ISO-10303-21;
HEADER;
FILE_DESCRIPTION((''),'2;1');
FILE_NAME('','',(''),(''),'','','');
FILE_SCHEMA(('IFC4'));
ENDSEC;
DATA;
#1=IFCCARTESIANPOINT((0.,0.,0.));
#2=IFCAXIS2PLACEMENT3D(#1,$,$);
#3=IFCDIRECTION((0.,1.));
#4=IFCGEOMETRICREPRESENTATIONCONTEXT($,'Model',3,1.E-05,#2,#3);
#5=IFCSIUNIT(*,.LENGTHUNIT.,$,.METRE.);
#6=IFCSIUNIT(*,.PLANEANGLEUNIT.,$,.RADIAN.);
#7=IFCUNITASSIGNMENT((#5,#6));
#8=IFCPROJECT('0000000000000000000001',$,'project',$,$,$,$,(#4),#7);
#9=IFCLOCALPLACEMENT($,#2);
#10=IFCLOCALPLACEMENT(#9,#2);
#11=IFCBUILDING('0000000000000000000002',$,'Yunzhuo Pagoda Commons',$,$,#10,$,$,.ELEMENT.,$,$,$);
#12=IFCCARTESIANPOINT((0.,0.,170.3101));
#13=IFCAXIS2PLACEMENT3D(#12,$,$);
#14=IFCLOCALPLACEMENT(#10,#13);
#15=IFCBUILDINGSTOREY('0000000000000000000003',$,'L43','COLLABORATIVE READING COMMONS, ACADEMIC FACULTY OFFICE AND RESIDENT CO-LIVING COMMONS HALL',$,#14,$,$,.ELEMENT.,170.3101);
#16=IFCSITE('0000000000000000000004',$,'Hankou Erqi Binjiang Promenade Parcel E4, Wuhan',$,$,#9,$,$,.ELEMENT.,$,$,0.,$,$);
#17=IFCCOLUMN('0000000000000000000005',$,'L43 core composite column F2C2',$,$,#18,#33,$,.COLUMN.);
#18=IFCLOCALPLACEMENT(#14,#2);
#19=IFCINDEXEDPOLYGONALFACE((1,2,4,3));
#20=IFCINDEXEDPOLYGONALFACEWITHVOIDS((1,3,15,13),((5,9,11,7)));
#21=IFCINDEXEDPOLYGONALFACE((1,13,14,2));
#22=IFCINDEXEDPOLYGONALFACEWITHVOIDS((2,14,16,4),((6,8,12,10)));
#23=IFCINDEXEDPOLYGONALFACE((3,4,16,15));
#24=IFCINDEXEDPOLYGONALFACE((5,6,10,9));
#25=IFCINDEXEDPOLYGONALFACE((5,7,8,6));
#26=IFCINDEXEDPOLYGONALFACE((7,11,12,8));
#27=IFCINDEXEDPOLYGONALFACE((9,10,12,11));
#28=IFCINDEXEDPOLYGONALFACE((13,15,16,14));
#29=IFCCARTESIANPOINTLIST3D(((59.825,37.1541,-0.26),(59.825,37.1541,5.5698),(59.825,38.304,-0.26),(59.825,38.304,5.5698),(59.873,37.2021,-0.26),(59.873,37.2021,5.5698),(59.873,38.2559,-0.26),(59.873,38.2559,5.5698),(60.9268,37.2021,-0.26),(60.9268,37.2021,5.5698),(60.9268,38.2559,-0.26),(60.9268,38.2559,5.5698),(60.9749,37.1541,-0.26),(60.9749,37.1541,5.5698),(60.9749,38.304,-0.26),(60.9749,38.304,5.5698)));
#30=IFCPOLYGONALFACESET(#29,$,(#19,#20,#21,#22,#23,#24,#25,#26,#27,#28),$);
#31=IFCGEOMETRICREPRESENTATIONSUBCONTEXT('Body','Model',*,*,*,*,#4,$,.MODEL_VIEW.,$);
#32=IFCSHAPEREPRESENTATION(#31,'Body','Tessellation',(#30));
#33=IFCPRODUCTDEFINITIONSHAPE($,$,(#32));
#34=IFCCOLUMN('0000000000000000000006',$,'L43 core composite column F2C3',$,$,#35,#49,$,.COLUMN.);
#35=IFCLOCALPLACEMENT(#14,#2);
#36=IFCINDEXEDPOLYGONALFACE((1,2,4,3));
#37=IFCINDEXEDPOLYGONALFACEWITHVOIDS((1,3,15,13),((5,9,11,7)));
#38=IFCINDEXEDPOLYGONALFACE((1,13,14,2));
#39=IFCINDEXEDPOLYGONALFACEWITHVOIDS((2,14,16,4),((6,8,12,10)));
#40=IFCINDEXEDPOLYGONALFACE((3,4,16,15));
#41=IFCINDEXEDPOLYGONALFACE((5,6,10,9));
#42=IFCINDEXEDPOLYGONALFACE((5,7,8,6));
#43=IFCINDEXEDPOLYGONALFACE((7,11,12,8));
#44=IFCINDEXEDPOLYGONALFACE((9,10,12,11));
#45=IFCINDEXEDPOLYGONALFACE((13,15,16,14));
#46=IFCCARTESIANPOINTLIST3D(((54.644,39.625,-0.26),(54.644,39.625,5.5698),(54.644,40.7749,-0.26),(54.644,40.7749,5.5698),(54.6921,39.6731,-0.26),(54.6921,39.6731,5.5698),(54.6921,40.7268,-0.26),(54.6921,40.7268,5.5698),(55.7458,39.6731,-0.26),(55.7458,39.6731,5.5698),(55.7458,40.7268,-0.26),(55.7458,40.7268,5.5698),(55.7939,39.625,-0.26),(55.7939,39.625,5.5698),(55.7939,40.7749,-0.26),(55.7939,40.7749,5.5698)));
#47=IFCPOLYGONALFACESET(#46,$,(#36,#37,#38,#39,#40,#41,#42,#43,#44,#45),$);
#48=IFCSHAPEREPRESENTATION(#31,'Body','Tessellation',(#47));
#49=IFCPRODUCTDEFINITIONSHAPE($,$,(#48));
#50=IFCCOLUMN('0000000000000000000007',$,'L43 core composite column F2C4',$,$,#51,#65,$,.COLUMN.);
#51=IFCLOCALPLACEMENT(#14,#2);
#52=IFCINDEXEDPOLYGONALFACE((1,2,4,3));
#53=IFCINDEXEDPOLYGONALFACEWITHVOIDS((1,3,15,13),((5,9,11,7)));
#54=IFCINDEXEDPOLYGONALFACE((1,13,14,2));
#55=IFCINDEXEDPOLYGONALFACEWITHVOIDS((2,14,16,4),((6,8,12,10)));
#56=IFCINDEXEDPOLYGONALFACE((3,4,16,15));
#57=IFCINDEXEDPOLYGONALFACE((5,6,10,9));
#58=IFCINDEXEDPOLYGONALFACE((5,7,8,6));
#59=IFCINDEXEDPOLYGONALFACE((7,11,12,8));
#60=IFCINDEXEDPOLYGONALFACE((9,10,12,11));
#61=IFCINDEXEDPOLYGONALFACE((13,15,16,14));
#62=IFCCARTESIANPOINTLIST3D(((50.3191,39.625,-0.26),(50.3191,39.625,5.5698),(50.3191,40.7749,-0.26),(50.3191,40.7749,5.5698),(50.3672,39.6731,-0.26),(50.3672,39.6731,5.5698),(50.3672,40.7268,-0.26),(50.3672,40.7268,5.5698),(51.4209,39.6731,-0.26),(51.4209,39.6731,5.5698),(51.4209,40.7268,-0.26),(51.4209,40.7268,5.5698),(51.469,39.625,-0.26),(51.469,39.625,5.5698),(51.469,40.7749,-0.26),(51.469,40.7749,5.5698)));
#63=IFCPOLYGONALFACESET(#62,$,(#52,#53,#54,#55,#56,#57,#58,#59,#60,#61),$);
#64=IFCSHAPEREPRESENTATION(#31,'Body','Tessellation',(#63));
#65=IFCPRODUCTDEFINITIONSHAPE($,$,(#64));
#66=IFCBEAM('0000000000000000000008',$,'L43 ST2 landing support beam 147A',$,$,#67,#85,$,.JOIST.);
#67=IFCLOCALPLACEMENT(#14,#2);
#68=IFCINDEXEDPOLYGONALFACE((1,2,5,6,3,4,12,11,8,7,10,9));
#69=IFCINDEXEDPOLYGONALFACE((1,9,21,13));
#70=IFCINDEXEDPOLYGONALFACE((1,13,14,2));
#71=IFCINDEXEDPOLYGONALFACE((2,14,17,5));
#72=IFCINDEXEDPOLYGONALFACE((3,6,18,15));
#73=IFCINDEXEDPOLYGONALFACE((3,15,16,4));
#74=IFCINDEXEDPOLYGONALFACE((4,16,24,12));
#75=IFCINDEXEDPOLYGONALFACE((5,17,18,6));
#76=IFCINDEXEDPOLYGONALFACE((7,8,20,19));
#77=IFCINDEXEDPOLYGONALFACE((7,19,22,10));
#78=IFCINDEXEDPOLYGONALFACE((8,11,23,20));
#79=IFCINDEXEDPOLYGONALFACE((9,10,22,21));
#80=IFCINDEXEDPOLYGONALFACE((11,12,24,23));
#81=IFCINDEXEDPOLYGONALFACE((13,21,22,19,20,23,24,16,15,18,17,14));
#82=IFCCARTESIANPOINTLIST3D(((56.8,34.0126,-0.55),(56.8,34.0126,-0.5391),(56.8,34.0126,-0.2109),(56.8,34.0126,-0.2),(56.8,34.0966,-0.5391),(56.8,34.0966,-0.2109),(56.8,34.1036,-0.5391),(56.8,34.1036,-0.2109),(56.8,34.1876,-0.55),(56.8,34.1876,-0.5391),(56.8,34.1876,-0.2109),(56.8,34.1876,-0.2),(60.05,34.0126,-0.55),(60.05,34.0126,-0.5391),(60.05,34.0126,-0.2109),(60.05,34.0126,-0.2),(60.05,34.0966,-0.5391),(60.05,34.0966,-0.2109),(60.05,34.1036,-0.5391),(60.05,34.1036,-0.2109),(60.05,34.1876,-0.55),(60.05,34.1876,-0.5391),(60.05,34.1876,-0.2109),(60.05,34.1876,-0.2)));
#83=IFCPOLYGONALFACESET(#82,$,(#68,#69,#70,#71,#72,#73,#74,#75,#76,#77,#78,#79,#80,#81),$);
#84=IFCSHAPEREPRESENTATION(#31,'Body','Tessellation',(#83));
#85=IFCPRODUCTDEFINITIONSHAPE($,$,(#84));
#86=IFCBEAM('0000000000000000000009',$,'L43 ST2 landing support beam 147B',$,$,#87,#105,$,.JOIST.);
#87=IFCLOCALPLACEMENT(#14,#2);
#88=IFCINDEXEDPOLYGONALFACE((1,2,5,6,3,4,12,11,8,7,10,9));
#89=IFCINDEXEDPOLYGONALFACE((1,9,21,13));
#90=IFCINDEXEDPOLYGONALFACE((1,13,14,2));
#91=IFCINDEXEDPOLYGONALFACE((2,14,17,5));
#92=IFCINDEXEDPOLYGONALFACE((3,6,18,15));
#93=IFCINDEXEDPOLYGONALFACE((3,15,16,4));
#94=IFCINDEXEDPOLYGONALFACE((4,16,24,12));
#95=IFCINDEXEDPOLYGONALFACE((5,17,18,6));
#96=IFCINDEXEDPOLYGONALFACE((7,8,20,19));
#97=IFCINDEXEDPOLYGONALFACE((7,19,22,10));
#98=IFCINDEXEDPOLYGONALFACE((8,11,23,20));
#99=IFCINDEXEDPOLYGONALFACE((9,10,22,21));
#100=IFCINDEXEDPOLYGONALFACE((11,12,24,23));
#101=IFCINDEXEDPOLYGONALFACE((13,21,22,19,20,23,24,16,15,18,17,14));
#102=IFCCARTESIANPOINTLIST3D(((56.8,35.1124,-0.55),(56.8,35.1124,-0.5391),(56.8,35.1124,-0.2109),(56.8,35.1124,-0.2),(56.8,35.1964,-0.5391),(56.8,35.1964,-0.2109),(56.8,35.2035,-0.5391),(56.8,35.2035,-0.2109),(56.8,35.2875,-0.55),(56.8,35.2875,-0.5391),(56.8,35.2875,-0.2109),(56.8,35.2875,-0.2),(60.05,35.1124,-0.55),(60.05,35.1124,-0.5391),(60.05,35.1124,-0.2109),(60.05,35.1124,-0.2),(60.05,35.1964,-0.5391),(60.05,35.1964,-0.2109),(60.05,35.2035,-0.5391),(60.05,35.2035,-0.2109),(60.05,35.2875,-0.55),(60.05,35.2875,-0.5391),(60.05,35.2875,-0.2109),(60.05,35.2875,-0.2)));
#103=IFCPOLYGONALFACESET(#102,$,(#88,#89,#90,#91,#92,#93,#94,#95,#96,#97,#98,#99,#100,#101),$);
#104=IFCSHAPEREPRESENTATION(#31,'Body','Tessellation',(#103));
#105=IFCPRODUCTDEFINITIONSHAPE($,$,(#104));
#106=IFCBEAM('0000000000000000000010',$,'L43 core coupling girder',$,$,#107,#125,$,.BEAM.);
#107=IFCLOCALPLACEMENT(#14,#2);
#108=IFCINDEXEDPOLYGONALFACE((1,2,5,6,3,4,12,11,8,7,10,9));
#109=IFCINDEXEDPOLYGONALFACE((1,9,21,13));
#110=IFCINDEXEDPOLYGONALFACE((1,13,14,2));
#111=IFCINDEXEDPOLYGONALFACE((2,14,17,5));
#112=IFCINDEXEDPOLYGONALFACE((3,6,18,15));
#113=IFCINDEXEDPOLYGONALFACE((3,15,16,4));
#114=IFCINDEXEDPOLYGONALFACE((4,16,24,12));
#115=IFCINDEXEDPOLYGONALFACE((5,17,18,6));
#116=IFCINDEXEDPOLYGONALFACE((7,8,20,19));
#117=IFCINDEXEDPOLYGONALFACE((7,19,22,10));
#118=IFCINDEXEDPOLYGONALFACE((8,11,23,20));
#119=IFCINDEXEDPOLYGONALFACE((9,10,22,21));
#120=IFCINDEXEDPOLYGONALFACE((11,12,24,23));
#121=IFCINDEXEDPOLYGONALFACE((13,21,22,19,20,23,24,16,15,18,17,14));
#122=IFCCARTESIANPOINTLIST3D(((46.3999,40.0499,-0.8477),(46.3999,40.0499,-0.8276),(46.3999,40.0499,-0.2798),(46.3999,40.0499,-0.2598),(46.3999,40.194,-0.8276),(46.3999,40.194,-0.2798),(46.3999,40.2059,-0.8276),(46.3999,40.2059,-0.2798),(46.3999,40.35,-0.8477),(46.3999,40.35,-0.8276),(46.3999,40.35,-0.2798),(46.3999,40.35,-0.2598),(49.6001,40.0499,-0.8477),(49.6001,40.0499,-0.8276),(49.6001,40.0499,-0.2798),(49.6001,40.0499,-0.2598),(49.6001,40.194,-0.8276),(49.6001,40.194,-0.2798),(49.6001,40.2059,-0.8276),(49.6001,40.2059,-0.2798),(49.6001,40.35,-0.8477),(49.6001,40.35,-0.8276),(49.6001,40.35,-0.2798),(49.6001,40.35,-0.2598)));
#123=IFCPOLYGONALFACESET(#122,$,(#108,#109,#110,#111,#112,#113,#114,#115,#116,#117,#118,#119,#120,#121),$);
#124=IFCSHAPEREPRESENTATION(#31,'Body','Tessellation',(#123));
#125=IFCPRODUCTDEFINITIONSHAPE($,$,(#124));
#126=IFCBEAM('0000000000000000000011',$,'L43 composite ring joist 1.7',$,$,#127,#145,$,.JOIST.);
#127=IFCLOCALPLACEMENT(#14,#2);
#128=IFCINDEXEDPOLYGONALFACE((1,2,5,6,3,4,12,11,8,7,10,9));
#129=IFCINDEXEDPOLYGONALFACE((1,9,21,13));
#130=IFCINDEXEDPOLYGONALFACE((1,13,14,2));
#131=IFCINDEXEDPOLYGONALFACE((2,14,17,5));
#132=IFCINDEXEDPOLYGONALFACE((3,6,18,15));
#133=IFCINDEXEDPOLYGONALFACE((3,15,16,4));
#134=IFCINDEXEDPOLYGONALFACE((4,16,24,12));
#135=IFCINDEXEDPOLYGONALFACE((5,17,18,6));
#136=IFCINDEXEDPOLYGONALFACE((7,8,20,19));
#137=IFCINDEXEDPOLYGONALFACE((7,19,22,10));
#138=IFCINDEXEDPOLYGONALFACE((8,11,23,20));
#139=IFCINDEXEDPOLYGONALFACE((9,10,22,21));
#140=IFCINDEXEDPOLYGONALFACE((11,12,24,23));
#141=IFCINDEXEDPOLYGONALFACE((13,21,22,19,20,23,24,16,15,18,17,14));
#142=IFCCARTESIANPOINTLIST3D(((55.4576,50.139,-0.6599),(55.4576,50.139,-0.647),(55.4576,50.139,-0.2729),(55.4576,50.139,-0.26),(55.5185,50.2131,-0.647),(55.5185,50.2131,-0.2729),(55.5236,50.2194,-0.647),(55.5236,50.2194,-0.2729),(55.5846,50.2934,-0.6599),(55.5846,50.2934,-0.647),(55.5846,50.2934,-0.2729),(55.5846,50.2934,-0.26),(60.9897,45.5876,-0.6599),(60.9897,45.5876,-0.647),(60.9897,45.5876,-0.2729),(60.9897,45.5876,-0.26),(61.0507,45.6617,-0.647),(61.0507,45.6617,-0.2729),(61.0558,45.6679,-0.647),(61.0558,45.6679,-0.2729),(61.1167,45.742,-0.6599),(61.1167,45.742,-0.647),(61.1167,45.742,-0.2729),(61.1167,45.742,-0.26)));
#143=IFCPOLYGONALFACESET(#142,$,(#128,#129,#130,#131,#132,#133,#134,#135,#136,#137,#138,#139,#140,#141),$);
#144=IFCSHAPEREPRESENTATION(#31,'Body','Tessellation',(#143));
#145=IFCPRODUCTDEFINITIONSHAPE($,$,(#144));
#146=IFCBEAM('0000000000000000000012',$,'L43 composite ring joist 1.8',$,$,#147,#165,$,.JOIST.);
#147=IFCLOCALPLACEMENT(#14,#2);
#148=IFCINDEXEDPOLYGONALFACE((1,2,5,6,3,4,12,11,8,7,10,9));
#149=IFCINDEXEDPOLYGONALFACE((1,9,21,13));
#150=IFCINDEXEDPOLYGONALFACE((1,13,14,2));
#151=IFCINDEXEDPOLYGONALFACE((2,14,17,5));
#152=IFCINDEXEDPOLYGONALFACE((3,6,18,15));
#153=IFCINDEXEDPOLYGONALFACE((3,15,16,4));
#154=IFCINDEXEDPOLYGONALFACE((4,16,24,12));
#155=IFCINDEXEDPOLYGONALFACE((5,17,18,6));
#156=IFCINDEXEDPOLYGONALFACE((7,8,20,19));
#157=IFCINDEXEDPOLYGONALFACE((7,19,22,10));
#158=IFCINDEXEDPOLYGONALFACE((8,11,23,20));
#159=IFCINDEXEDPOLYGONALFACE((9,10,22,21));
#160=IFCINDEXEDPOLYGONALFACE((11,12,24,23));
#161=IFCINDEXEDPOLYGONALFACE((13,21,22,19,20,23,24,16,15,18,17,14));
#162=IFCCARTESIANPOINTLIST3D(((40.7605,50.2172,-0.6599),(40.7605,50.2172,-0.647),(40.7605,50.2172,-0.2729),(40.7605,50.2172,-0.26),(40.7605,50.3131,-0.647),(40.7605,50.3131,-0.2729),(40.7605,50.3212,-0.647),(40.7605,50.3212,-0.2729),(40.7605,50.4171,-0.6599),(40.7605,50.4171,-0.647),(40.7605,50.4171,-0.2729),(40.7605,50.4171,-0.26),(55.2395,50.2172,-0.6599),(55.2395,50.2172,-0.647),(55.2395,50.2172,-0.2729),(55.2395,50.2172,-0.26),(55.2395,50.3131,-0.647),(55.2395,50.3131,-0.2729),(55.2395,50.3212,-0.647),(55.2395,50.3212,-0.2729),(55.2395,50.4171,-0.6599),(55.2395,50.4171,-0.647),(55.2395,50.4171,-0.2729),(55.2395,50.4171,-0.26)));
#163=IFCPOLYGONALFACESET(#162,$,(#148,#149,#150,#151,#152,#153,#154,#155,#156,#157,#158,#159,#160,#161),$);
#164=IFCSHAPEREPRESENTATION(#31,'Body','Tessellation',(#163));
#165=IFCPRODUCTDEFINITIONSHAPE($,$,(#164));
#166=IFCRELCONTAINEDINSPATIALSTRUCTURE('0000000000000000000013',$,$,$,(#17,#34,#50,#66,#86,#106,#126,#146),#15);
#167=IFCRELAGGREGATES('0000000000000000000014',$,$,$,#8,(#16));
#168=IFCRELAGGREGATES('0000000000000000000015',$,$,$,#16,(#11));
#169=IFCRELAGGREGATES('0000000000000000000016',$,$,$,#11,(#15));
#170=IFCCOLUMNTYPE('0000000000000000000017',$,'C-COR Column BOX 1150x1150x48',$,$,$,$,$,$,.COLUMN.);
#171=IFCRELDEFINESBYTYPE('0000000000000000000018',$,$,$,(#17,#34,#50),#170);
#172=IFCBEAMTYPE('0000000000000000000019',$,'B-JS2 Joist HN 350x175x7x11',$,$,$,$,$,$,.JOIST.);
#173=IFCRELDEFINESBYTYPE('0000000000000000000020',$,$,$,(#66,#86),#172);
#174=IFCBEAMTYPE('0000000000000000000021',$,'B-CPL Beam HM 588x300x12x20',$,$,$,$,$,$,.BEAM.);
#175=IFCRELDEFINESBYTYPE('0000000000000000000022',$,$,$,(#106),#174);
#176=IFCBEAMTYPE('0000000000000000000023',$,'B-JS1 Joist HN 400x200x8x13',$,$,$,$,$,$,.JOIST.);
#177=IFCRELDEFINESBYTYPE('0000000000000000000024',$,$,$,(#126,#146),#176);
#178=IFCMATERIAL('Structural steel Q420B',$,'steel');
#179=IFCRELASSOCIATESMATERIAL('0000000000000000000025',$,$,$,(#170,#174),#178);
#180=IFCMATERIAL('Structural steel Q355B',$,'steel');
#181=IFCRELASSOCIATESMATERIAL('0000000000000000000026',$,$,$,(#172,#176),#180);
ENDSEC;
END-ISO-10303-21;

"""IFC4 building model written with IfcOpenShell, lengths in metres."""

from ifc_helpers import new_model, si_unit, direction, frame, origin, origin_2d, place, context, subcontext, project, spatial, hollow_rectangle, i_section, extrude, source, transform, mapped, material, material_profile, profile_set, type_object, element, save


model = new_model("IFC4")

# Units and contexts
model_context = context("Model", 3, precision=1e-05, world=origin(), true_north=direction((0.0, 1.0)))
body_context = subcontext(model_context, "Body", "Model", "MODEL_VIEW")
ifc_project = project(units=[si_unit("LENGTHUNIT", "METRE"), si_unit("PLANEANGLEUNIT", "RADIAN")], contexts=[model_context])

# Site, building, storey
site_placement = place(None, origin())
site = spatial("IfcSite", under=ifc_project, at=site_placement, Name="Hankou Erqi Binjiang Promenade Parcel E4, Wuhan", CompositionType="ELEMENT", RefElevation=0.0)
building_placement = place(site_placement, origin())
building = spatial("IfcBuilding", under=site, at=building_placement, Name="Yunzhuo Pagoda Commons", CompositionType="ELEMENT")
storey_placement = place(building_placement, frame((0.0, 0.0, 170.3101)))
storey = spatial("IfcBuildingStorey", under=building, at=storey_placement, Name="L43", Description="COLLABORATIVE READING COMMONS, ACADEMIC FACULTY OFFICE AND RESIDENT CO-LIVING COMMONS HALL", CompositionType="ELEMENT", Elevation=170.3101)

# Columns
ifc_material_1 = material(Name="Structural steel Q420B", Category="steel")
ifc_material_profile_1 = material_profile(ifc_material_1, hollow_rectangle(XDim=1.1499, YDim=1.1499, WallThickness=0.0481, at=origin_2d()), Name="Structural steel Q420B")
ifc_profile_set_1 = profile_set([ifc_material_profile_1], Name="Structural steel Q420B")
column_type = type_object("IfcColumnType", Name="C-COR Column BOX 1150x1150x48", PredefinedType="COLUMN", material=ifc_profile_set_1)
shared_shape_1 = source(origin(), body_context, "Body", "SweptSolid", [
    extrude(hollow_rectangle(XDim=1.1499, YDim=1.1499, WallThickness=0.0481, at=origin_2d()), origin(), (0.0, 0.0, 1.0), 5.8298),
])
for number, where, z_axis, x_axis, name in (
    (1, (60.3999, 37.729, -0.26), (0.0, 0.0, 1.0), (1.0, 0.0, 0.0), "L43 core composite column F2C2"),
    (2, (55.219, 40.2, -0.26), (0.0, 0.0, 1.0), (1.0, 0.0, 0.0), "L43 core composite column F2C3"),
    (3, (50.894, 40.2, -0.26), (0.0, 0.0, 1.0), (1.0, 0.0, 0.0), "L43 core composite column F2C4"),
):
    element("IfcColumn", number, at=place(storey_placement, frame(where, z_axis=z_axis, x_axis=x_axis)), inside=storey, type_object=column_type, Name=name, PredefinedType="COLUMN", context=body_context, shape_type="MappedRepresentation", body=[
        mapped(shared_shape_1, transform((0.0, 0.0, 0.0), scale=1.0)),
    ])

# Beams
ifc_material_2 = material(Name="Structural steel Q355B", Category="steel")
ifc_material_profile_2 = material_profile(ifc_material_2, i_section(OverallWidth=0.175, OverallDepth=0.3501, WebThickness=0.0071, FlangeThickness=0.011, at=origin_2d()), Name="Structural steel Q355B")
ifc_profile_set_2 = profile_set([ifc_material_profile_2], Name="Structural steel Q355B")
beam_type_1 = type_object("IfcBeamType", Name="B-JS2 Joist HN 350x175x7x11", PredefinedType="JOIST", material=ifc_profile_set_2)
shared_shape_2 = source(origin(), body_context, "Body", "SweptSolid", [
    extrude(i_section(OverallWidth=0.175, OverallDepth=0.3501, WebThickness=0.0071, FlangeThickness=0.011, at=origin_2d()), origin(), (0.0, 0.0, 1.0), 3.25),
])
for number, where, z_axis, x_axis, name in (
    (4, (56.8, 34.1001, -0.375), (1.0, 0.0, 0.0), (0.0, 1.0, 0.0), "L43 ST2 landing support beam 147A"),
    (5, (56.8, 35.2, -0.375), (1.0, 0.0, 0.0), (0.0, 1.0, 0.0), "L43 ST2 landing support beam 147B"),
):
    element("IfcBeam", number, at=place(storey_placement, frame(where, z_axis=z_axis, x_axis=x_axis)), inside=storey, type_object=beam_type_1, Name=name, PredefinedType="JOIST", context=body_context, shape_type="MappedRepresentation", body=[
        mapped(shared_shape_2, transform((0.0, 0.0, 0.0), scale=1.0)),
    ])
ifc_material_profile_3 = material_profile(ifc_material_1, i_section(OverallWidth=0.3, OverallDepth=0.5879, WebThickness=0.012, FlangeThickness=0.02, at=origin_2d()), Name="Structural steel Q420B")
ifc_profile_set_3 = profile_set([ifc_material_profile_3], Name="Structural steel Q420B")
beam_type_2 = type_object("IfcBeamType", Name="B-CPL Beam HM 588x300x12x20", PredefinedType="BEAM", material=ifc_profile_set_3)
shared_shape_3 = source(origin(), body_context, "Body", "SweptSolid", [
    extrude(i_section(OverallWidth=0.3, OverallDepth=0.5879, WebThickness=0.012, FlangeThickness=0.02, at=origin_2d()), origin(), (0.0, 0.0, 1.0), 3.2002),
])
beam_1_placement = place(storey_placement, frame((46.3999, 40.2, -0.5537), z_axis=(1.0, 0.0, 0.0), x_axis=(0.0, 1.0, 0.0)))
element("IfcBeam", 6, at=beam_1_placement, inside=storey, type_object=beam_type_2, Name="L43 core coupling girder", PredefinedType="BEAM", context=body_context, shape_type="MappedRepresentation", body=[
    mapped(shared_shape_3, transform((0.0, 0.0, 0.0), scale=1.0)),
])
ifc_material_profile_4 = material_profile(ifc_material_2, i_section(OverallWidth=0.2, OverallDepth=0.3999, WebThickness=0.0081, FlangeThickness=0.0129, at=origin_2d()), Name="Structural steel Q355B")
ifc_profile_set_4 = profile_set([ifc_material_profile_4], Name="Structural steel Q355B")
beam_type_3 = type_object("IfcBeamType", Name="B-JS1 Joist HN 400x200x8x13", PredefinedType="JOIST", material=ifc_profile_set_4)
shared_shape_4 = source(origin(), body_context, "Body", "SweptSolid", [
    extrude(i_section(OverallWidth=0.2, OverallDepth=0.3999, WebThickness=0.0081, FlangeThickness=0.0129, at=origin_2d()), origin(), (0.0, 0.0, 1.0), 7.1638),
])
beam_2_placement = place(storey_placement, frame((61.0532, 45.6648, -0.46), z_axis=(-0.772234, 0.635338, 0.0), x_axis=(-0.635338, -0.772234, 0.0)))
element("IfcBeam", 7, at=beam_2_placement, inside=storey, type_object=beam_type_3, Name="L43 composite ring joist 1.7", PredefinedType="JOIST", context=body_context, shape_type="MappedRepresentation", body=[
    mapped(shared_shape_4, transform((0.0, 0.0, 0.0), scale=1.0)),
])
shared_shape_5 = source(origin(), body_context, "Body", "SweptSolid", [
    extrude(i_section(OverallWidth=0.2, OverallDepth=0.3999, WebThickness=0.0081, FlangeThickness=0.0129, at=origin_2d()), origin(), (0.0, 0.0, 1.0), 14.479),
])
beam_3_placement = place(storey_placement, frame((55.2395, 50.3171, -0.46), z_axis=(-1.0, 0.0, 0.0), x_axis=(0.0, -1.0, 0.0)))
element("IfcBeam", 8, at=beam_3_placement, inside=storey, type_object=beam_type_3, Name="L43 composite ring joist 1.8", PredefinedType="JOIST", context=body_context, shape_type="MappedRepresentation", body=[
    mapped(shared_shape_5, transform((0.0, 0.0, 0.0), scale=1.0)),
])

save(model, "model.ifc")
